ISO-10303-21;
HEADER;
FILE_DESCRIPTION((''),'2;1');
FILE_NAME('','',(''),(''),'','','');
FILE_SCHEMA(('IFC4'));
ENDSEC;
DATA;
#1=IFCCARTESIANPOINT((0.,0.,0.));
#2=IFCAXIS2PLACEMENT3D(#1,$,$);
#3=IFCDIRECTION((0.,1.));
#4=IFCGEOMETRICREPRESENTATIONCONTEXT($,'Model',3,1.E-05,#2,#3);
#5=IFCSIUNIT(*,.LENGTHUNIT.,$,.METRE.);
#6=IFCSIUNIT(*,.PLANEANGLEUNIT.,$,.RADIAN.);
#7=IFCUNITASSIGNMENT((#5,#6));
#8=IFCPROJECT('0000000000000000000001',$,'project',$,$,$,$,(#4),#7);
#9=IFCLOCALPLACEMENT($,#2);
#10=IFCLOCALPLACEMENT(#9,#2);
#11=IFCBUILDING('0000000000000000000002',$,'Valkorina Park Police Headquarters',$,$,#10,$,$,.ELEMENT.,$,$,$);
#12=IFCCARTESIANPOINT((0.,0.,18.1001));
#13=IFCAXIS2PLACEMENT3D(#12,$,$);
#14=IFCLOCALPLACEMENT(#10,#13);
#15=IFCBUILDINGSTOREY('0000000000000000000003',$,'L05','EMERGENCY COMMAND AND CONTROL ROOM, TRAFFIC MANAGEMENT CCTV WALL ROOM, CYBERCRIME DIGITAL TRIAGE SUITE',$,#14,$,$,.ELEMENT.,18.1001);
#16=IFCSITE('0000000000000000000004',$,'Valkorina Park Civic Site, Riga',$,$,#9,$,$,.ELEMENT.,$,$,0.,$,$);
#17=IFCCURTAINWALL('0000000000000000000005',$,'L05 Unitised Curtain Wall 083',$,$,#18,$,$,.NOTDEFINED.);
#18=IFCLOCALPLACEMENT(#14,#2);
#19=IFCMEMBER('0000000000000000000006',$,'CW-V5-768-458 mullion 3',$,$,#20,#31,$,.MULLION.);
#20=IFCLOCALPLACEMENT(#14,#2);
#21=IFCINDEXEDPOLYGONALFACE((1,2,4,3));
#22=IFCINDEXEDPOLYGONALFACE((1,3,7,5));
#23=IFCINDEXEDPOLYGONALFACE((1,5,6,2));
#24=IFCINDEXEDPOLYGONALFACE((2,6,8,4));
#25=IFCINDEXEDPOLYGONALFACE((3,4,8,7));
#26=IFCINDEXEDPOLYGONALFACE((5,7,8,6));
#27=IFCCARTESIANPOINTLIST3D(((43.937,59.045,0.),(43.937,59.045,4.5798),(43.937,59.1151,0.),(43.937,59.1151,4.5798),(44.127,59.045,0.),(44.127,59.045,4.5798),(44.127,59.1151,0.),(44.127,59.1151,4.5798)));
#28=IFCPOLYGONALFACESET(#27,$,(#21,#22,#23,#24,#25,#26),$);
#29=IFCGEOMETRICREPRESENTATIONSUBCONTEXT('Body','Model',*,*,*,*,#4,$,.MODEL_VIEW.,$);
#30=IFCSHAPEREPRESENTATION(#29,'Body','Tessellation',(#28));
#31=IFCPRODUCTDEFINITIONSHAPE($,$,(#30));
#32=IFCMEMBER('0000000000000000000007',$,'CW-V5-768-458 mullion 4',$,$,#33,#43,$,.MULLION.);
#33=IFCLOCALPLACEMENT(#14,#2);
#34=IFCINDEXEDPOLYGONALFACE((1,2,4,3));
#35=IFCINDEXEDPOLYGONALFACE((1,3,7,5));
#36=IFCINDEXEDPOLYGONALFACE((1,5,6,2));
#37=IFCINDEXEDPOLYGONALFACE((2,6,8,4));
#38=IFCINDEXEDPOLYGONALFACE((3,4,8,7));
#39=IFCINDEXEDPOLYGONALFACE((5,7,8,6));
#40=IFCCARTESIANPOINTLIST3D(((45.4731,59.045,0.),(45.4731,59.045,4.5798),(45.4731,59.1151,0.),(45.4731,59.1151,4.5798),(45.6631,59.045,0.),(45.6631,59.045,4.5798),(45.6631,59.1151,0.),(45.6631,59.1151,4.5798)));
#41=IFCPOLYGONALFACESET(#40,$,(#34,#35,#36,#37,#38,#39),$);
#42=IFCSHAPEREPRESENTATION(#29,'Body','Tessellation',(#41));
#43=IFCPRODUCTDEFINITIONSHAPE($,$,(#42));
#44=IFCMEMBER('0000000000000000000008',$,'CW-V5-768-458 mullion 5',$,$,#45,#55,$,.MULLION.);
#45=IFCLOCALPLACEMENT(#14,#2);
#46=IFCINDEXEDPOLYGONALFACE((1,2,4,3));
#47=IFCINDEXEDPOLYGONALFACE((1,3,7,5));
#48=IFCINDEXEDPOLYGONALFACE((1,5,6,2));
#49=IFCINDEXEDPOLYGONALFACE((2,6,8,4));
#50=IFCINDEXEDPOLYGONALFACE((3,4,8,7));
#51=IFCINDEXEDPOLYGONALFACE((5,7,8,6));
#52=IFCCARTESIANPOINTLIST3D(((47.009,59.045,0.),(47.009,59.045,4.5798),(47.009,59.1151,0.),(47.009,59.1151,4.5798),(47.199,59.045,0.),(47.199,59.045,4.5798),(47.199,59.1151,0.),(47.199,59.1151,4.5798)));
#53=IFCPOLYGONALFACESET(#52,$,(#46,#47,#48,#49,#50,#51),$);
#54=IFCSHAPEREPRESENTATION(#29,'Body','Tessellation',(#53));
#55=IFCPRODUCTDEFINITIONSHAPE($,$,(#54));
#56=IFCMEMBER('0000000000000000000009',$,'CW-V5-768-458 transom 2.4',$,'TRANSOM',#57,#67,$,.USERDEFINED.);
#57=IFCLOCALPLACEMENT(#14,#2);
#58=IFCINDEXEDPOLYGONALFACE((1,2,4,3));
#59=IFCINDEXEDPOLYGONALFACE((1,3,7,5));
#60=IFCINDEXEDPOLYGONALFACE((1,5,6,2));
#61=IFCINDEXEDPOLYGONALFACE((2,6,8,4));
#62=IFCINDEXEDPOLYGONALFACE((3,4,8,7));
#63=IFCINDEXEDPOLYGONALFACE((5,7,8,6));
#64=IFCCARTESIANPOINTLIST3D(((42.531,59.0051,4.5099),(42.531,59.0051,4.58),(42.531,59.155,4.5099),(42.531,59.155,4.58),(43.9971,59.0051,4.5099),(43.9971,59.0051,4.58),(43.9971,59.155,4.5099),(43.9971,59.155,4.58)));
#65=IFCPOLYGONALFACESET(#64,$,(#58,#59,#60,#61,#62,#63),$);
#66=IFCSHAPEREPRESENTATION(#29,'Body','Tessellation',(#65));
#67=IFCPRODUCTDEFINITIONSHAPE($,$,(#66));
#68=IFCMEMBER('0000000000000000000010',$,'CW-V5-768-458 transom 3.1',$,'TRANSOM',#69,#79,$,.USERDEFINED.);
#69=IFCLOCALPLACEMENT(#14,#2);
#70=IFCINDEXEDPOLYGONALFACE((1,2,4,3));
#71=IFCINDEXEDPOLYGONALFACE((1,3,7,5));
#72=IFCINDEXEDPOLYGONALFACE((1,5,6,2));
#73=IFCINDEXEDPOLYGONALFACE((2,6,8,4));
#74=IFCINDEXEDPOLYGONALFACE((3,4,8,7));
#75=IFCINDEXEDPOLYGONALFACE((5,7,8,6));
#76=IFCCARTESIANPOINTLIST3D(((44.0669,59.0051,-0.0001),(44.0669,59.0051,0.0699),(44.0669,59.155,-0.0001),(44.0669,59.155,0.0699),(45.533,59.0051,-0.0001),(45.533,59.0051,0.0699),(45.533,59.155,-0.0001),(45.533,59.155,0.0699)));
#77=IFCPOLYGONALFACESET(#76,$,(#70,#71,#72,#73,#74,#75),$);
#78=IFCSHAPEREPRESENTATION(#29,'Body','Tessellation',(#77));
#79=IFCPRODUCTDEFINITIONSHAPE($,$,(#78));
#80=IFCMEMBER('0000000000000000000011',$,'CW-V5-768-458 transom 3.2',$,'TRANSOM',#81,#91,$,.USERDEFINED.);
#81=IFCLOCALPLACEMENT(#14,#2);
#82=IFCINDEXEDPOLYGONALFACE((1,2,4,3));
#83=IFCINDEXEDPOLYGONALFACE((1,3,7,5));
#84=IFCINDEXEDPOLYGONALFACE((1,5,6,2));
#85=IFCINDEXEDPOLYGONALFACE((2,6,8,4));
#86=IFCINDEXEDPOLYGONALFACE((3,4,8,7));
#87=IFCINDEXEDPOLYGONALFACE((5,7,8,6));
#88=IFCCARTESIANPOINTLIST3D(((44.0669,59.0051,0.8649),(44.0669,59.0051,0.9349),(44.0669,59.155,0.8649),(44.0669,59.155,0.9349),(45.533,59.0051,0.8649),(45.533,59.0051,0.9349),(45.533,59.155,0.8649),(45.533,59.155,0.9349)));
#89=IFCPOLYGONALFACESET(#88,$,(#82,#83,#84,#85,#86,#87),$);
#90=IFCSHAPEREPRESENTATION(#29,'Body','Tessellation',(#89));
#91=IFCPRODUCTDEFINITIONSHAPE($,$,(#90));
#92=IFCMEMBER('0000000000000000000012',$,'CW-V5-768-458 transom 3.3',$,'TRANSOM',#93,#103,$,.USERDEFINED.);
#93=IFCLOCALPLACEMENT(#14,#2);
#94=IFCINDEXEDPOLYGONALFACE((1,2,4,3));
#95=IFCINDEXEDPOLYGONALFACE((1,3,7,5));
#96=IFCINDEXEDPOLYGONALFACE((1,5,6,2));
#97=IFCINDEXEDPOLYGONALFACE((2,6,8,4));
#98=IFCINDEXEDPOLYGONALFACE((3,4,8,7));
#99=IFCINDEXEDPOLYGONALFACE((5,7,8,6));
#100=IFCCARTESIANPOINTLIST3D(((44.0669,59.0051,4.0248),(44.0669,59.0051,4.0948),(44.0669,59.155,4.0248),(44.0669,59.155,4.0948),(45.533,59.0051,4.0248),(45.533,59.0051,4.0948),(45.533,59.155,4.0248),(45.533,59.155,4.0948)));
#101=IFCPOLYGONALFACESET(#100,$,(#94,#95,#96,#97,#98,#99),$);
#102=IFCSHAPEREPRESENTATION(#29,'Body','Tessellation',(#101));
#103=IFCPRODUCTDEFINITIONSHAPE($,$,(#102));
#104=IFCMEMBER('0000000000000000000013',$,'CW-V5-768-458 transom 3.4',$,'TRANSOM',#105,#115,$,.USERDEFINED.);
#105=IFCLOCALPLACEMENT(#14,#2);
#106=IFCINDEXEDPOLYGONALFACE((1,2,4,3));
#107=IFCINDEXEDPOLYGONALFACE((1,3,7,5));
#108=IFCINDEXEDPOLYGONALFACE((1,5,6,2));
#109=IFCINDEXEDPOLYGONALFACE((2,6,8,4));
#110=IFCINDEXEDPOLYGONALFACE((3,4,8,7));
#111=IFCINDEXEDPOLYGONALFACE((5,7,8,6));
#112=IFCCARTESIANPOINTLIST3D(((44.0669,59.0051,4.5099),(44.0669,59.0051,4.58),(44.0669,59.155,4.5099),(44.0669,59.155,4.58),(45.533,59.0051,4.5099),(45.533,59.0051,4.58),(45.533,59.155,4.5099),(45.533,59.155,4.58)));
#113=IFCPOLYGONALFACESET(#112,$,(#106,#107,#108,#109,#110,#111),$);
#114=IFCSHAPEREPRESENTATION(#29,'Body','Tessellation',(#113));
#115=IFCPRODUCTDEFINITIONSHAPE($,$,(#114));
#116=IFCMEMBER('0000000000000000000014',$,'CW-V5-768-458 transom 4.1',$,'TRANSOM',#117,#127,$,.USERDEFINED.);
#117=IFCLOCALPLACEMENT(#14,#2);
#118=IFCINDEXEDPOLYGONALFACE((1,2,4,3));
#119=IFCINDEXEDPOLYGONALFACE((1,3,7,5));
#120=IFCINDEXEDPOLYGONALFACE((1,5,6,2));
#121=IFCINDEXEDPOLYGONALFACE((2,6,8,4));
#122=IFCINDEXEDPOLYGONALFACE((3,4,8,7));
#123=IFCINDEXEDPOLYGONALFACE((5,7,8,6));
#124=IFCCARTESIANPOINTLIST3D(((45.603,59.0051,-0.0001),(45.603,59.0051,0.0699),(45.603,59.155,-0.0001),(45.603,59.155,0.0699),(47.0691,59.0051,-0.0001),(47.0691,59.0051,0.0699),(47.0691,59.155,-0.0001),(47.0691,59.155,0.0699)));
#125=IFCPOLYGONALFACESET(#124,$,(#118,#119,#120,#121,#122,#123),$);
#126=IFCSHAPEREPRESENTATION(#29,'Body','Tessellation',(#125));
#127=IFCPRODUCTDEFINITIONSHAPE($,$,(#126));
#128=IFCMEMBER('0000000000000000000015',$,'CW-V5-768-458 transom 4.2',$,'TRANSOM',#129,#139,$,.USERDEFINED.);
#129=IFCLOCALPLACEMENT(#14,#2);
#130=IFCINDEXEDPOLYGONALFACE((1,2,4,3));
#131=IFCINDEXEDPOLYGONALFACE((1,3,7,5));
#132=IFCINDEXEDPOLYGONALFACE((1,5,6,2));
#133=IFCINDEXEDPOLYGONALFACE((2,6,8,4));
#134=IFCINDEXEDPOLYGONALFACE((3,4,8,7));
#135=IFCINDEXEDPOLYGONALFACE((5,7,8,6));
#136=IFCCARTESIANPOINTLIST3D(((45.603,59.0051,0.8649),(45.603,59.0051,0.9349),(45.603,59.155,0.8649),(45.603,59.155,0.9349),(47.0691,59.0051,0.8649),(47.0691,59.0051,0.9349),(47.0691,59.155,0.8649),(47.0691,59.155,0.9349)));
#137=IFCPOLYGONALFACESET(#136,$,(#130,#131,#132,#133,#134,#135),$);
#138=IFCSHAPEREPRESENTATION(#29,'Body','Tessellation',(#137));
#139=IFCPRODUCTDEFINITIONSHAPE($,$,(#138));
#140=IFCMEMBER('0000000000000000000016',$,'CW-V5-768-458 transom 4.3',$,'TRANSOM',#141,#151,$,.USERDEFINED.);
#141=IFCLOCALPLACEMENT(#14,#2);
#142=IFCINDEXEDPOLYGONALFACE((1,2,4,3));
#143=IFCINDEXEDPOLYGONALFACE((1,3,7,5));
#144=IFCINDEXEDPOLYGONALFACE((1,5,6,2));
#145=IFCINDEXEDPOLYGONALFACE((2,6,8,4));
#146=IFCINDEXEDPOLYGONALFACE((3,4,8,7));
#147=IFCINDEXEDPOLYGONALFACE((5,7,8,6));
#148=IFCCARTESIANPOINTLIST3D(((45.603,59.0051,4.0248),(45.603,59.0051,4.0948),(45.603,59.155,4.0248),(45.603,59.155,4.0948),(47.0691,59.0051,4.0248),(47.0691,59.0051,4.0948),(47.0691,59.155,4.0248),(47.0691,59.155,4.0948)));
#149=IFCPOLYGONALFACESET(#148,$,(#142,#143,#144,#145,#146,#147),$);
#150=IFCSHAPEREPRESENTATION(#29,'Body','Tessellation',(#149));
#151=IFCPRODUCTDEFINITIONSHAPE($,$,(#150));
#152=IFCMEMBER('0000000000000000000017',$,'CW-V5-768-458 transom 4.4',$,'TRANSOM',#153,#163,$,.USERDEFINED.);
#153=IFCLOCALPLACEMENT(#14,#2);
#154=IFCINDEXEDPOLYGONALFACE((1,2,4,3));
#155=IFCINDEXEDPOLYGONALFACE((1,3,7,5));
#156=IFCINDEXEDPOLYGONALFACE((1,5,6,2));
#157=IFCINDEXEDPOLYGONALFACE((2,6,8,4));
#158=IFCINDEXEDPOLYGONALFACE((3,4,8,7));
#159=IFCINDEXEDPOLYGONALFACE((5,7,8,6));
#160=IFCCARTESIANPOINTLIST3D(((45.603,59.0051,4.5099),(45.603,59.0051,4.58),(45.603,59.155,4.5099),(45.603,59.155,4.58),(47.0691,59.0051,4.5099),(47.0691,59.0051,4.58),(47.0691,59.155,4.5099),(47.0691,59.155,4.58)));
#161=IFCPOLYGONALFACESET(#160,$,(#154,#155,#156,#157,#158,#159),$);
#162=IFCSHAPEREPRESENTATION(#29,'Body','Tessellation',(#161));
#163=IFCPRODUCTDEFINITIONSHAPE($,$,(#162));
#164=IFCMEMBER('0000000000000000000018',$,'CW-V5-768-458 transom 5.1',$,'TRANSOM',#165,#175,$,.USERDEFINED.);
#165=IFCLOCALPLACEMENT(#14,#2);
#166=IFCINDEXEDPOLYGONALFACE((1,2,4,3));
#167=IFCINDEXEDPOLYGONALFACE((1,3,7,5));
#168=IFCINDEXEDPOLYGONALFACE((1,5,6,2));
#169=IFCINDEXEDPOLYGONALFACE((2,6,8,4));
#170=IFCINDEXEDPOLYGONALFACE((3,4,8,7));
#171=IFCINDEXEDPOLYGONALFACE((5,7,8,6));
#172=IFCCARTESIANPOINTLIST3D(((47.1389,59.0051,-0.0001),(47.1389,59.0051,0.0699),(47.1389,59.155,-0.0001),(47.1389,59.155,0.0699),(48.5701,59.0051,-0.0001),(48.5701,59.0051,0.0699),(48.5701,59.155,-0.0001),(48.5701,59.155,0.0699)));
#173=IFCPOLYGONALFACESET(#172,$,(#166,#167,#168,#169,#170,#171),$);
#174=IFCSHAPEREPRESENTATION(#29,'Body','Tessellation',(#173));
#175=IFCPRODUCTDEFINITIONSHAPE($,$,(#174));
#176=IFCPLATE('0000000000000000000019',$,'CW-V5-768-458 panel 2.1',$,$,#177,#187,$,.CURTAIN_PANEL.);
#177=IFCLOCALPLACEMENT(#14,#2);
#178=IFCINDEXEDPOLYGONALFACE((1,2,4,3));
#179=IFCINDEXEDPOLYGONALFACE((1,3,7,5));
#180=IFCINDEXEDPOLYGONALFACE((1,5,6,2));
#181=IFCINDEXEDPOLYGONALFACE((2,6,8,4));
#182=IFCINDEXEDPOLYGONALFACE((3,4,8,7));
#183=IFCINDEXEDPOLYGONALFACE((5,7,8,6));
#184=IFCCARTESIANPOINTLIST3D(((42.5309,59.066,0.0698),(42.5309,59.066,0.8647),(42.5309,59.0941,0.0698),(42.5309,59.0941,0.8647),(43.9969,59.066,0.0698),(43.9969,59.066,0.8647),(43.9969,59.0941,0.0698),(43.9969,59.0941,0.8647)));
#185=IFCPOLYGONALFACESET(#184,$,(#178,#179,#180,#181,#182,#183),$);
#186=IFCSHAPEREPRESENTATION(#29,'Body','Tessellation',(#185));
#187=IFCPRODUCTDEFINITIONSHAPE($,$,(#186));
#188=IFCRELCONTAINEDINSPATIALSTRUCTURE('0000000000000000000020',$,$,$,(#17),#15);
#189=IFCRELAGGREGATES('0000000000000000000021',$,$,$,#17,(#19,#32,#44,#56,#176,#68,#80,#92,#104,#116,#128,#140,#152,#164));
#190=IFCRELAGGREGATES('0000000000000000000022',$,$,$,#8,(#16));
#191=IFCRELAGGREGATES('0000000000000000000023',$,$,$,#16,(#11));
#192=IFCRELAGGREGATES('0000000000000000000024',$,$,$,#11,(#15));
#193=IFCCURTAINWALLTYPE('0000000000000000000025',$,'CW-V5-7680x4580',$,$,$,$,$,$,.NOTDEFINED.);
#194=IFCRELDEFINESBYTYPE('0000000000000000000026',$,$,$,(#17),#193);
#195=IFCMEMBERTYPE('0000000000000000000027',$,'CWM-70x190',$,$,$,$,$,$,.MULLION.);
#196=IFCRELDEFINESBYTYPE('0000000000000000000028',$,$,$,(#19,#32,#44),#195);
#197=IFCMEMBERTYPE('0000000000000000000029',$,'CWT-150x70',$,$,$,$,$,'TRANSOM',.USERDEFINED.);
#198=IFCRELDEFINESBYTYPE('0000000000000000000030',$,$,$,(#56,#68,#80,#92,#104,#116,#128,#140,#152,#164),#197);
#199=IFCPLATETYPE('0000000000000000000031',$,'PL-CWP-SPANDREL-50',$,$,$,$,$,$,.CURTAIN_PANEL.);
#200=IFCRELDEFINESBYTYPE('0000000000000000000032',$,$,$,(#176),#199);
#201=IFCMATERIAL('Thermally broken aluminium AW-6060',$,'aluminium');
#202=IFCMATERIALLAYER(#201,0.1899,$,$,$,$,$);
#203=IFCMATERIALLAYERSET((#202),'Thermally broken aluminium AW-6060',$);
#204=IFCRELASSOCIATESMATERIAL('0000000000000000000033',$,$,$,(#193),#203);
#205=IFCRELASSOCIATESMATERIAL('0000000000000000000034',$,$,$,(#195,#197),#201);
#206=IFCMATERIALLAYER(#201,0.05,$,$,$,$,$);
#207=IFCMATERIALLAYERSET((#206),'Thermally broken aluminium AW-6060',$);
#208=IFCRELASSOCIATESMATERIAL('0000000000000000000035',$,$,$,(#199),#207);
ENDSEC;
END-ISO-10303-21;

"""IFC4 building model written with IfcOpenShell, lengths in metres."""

from ifc_helpers import new_model, si_unit, direction, frame, origin, origin_2d, place, context, subcontext, project, spatial, rectangle, extrude, material, layer, layer_set, material_profile, profile_set, type_object, element, aggregate, save


model = new_model("IFC4")

# Units and contexts
model_context = context("Model", 3, precision=1e-05, world=origin(), true_north=direction((0.0, 1.0)))
body_context = subcontext(model_context, "Body", "Model", "MODEL_VIEW")
ifc_project = project(units=[si_unit("LENGTHUNIT", "METRE"), si_unit("PLANEANGLEUNIT", "RADIAN")], contexts=[model_context])

# Site, building, storey
site_placement = place(None, origin())
site = spatial("IfcSite", under=ifc_project, at=site_placement, Name="Valkorina Park Civic Site, Riga", CompositionType="ELEMENT", RefElevation=0.0)
building_placement = place(site_placement, origin())
building = spatial("IfcBuilding", under=site, at=building_placement, Name="Valkorina Park Police Headquarters", CompositionType="ELEMENT")
storey_placement = place(building_placement, frame((0.0, 0.0, 18.1001)))
storey = spatial("IfcBuildingStorey", under=building, at=storey_placement, Name="L05", Description="EMERGENCY COMMAND AND CONTROL ROOM, TRAFFIC MANAGEMENT CCTV WALL ROOM, CYBERCRIME DIGITAL TRIAGE SUITE", CompositionType="ELEMENT", Elevation=18.1001)

# Curtain wall, members, plate
ifc_material_1 = material(Name="Thermally broken aluminium AW-6060", Category="aluminium")
ifc_layer_1 = layer(ifc_material_1, 0.1899)
ifc_layer_set_1 = layer_set([ifc_layer_1], Name="Thermally broken aluminium AW-6060")
curtain_wall_type = type_object("IfcCurtainWallType", Name="CW-V5-7680x4580", PredefinedType="NOTDEFINED", material=ifc_layer_set_1)
curtain_wall_placement = place(storey_placement, origin())
curtain_wall = element("IfcCurtainWall", 1, at=curtain_wall_placement, inside=storey, type_object=curtain_wall_type, Name="L05 Unitised Curtain Wall 083", PredefinedType="NOTDEFINED")
ifc_material_profile_1 = material_profile(ifc_material_1, rectangle(XDim=0.0701, YDim=0.1899, at=origin_2d()), Name="CWM-02 70x190")
ifc_profile_set_1 = profile_set([ifc_material_profile_1], Name="Thermally broken aluminium AW-6060")
member_type_1 = type_object("IfcMemberType", Name="CWM-70x190", PredefinedType="MULLION", material=ifc_profile_set_1)
member_1_placement = place(storey_placement, frame((44.032, 59.0801, 0.0), z_axis=(0.0, 0.0, 1.0), x_axis=(0.0, 1.0, 0.0)))
member_1 = element("IfcMember", 2, at=member_1_placement, type_object=member_type_1, Name="CW-V5-768-458 mullion 3", PredefinedType="MULLION", context=body_context, shape_type="SweptSolid", body=[
    extrude(rectangle(XDim=0.0701, YDim=0.1899, at=origin_2d()), origin(), (0.0, 0.0, 1.0), 4.5798),
])
member_2_placement = place(storey_placement, frame((45.5681, 59.0801, 0.0), z_axis=(0.0, 0.0, 1.0), x_axis=(0.0, 1.0, 0.0)))
member_2 = element("IfcMember", 3, at=member_2_placement, type_object=member_type_1, Name="CW-V5-768-458 mullion 4", PredefinedType="MULLION", context=body_context, shape_type="SweptSolid", body=[
    extrude(rectangle(XDim=0.0701, YDim=0.1899, at=origin_2d()), origin(), (0.0, 0.0, 1.0), 4.5798),
])
member_3_placement = place(storey_placement, frame((47.104, 59.0801, 0.0), z_axis=(0.0, 0.0, 1.0), x_axis=(0.0, 1.0, 0.0)))
member_3 = element("IfcMember", 4, at=member_3_placement, type_object=member_type_1, Name="CW-V5-768-458 mullion 5", PredefinedType="MULLION", context=body_context, shape_type="SweptSolid", body=[
    extrude(rectangle(XDim=0.0701, YDim=0.1899, at=origin_2d()), origin(), (0.0, 0.0, 1.0), 4.5798),
])
ifc_material_profile_2 = material_profile(ifc_material_1, rectangle(XDim=0.1499, YDim=0.0701, at=origin_2d()), Name="CWT-02 150x70")
ifc_profile_set_2 = profile_set([ifc_material_profile_2], Name="Thermally broken aluminium AW-6060")
member_type_2 = type_object("IfcMemberType", Name="CWT-150x70", ElementType="TRANSOM", PredefinedType="USERDEFINED", material=ifc_profile_set_2)
member_4_placement = place(storey_placement, frame((42.531, 59.0801, 4.5449), z_axis=(1.0, 0.0, 0.0), x_axis=(0.0, 1.0, 0.0)))
member_4 = element("IfcMember", 5, at=member_4_placement, type_object=member_type_2, Name="CW-V5-768-458 transom 2.4", ObjectType="TRANSOM", PredefinedType="USERDEFINED", context=body_context, shape_type="SweptSolid", body=[
    extrude(rectangle(XDim=0.1499, YDim=0.0701, at=origin_2d()), origin(), (0.0, 0.0, 1.0), 1.4661),
])
member_5_placement = place(storey_placement, frame((44.0669, 59.0801, 0.0349), z_axis=(1.0, 0.0, 0.0), x_axis=(0.0, 1.0, 0.0)))
member_5 = element("IfcMember", 6, at=member_5_placement, type_object=member_type_2, Name="CW-V5-768-458 transom 3.1", ObjectType="TRANSOM", PredefinedType="USERDEFINED", context=body_context, shape_type="SweptSolid", body=[
    extrude(rectangle(XDim=0.1499, YDim=0.0701, at=origin_2d()), origin(), (0.0, 0.0, 1.0), 1.4661),
])
member_6_placement = place(storey_placement, frame((44.0669, 59.0801, 0.8999), z_axis=(1.0, 0.0, 0.0), x_axis=(0.0, 1.0, 0.0)))
member_6 = element("IfcMember", 7, at=member_6_placement, type_object=member_type_2, Name="CW-V5-768-458 transom 3.2", ObjectType="TRANSOM", PredefinedType="USERDEFINED", context=body_context, shape_type="SweptSolid", body=[
    extrude(rectangle(XDim=0.1499, YDim=0.0701, at=origin_2d()), origin(), (0.0, 0.0, 1.0), 1.4661),
])
member_7_placement = place(storey_placement, frame((44.0669, 59.0801, 4.0598), z_axis=(1.0, 0.0, 0.0), x_axis=(0.0, 1.0, 0.0)))
member_7 = element("IfcMember", 8, at=member_7_placement, type_object=member_type_2, Name="CW-V5-768-458 transom 3.3", ObjectType="TRANSOM", PredefinedType="USERDEFINED", context=body_context, shape_type="SweptSolid", body=[
    extrude(rectangle(XDim=0.1499, YDim=0.0701, at=origin_2d()), origin(), (0.0, 0.0, 1.0), 1.4661),
])
member_8_placement = place(storey_placement, frame((44.0669, 59.0801, 4.5449), z_axis=(1.0, 0.0, 0.0), x_axis=(0.0, 1.0, 0.0)))
member_8 = element("IfcMember", 9, at=member_8_placement, type_object=member_type_2, Name="CW-V5-768-458 transom 3.4", ObjectType="TRANSOM", PredefinedType="USERDEFINED", context=body_context, shape_type="SweptSolid", body=[
    extrude(rectangle(XDim=0.1499, YDim=0.0701, at=origin_2d()), origin(), (0.0, 0.0, 1.0), 1.4661),
])
member_9_placement = place(storey_placement, frame((45.603, 59.0801, 0.0349), z_axis=(1.0, 0.0, 0.0), x_axis=(0.0, 1.0, 0.0)))
member_9 = element("IfcMember", 10, at=member_9_placement, type_object=member_type_2, Name="CW-V5-768-458 transom 4.1", ObjectType="TRANSOM", PredefinedType="USERDEFINED", context=body_context, shape_type="SweptSolid", body=[
    extrude(rectangle(XDim=0.1499, YDim=0.0701, at=origin_2d()), origin(), (0.0, 0.0, 1.0), 1.4661),
])
member_10_placement = place(storey_placement, frame((45.603, 59.0801, 0.8999), z_axis=(1.0, 0.0, 0.0), x_axis=(0.0, 1.0, 0.0)))
member_10 = element("IfcMember", 11, at=member_10_placement, type_object=member_type_2, Name="CW-V5-768-458 transom 4.2", ObjectType="TRANSOM", PredefinedType="USERDEFINED", context=body_context, shape_type="SweptSolid", body=[
    extrude(rectangle(XDim=0.1499, YDim=0.0701, at=origin_2d()), origin(), (0.0, 0.0, 1.0), 1.4661),
])
member_11_placement = place(storey_placement, frame((45.603, 59.0801, 4.0598), z_axis=(1.0, 0.0, 0.0), x_axis=(0.0, 1.0, 0.0)))
member_11 = element("IfcMember", 12, at=member_11_placement, type_object=member_type_2, Name="CW-V5-768-458 transom 4.3", ObjectType="TRANSOM", PredefinedType="USERDEFINED", context=body_context, shape_type="SweptSolid", body=[
    extrude(rectangle(XDim=0.1499, YDim=0.0701, at=origin_2d()), origin(), (0.0, 0.0, 1.0), 1.4661),
])
member_12_placement = place(storey_placement, frame((45.603, 59.0801, 4.5449), z_axis=(1.0, 0.0, 0.0), x_axis=(0.0, 1.0, 0.0)))
member_12 = element("IfcMember", 13, at=member_12_placement, type_object=member_type_2, Name="CW-V5-768-458 transom 4.4", ObjectType="TRANSOM", PredefinedType="USERDEFINED", context=body_context, shape_type="SweptSolid", body=[
    extrude(rectangle(XDim=0.1499, YDim=0.0701, at=origin_2d()), origin(), (0.0, 0.0, 1.0), 1.4661),
])
member_13_placement = place(storey_placement, frame((47.1389, 59.0801, 0.0349), z_axis=(1.0, 0.0, 0.0), x_axis=(0.0, 1.0, 0.0)))
member_13 = element("IfcMember", 14, at=member_13_placement, type_object=member_type_2, Name="CW-V5-768-458 transom 5.1", ObjectType="TRANSOM", PredefinedType="USERDEFINED", context=body_context, shape_type="SweptSolid", body=[
    extrude(rectangle(XDim=0.1499, YDim=0.0701, at=origin_2d()), origin(), (0.0, 0.0, 1.0), 1.4312),
])
ifc_layer_2 = layer(ifc_material_1, 0.05)
ifc_layer_set_2 = layer_set([ifc_layer_2], Name="Thermally broken aluminium AW-6060")
plate_type_1 = type_object("IfcPlateType", Name="PL-CWP-SPANDREL-50", PredefinedType="CURTAIN_PANEL", material=ifc_layer_set_2)
plate_1_placement = place(storey_placement, frame((43.2639, 59.0801, 0.0698), z_axis=(0.0, 0.0, 1.0), x_axis=(1.0, 0.0, 0.0)))
plate_1 = element("IfcPlate", 15, at=plate_1_placement, type_object=plate_type_1, Name="CW-V5-768-458 panel 2.1", PredefinedType="CURTAIN_PANEL", context=body_context, shape_type="SweptSolid", body=[
    extrude(rectangle(XDim=1.4661, YDim=0.0281, at=origin_2d()), origin(), (0.0, 0.0, 1.0), 0.7949),
])
aggregate(curtain_wall, [member_1, member_2, member_3, member_4, plate_1, member_5, member_6, member_7, member_8, member_9, member_10, member_11, member_12, member_13])

save(model, "model.ifc")
